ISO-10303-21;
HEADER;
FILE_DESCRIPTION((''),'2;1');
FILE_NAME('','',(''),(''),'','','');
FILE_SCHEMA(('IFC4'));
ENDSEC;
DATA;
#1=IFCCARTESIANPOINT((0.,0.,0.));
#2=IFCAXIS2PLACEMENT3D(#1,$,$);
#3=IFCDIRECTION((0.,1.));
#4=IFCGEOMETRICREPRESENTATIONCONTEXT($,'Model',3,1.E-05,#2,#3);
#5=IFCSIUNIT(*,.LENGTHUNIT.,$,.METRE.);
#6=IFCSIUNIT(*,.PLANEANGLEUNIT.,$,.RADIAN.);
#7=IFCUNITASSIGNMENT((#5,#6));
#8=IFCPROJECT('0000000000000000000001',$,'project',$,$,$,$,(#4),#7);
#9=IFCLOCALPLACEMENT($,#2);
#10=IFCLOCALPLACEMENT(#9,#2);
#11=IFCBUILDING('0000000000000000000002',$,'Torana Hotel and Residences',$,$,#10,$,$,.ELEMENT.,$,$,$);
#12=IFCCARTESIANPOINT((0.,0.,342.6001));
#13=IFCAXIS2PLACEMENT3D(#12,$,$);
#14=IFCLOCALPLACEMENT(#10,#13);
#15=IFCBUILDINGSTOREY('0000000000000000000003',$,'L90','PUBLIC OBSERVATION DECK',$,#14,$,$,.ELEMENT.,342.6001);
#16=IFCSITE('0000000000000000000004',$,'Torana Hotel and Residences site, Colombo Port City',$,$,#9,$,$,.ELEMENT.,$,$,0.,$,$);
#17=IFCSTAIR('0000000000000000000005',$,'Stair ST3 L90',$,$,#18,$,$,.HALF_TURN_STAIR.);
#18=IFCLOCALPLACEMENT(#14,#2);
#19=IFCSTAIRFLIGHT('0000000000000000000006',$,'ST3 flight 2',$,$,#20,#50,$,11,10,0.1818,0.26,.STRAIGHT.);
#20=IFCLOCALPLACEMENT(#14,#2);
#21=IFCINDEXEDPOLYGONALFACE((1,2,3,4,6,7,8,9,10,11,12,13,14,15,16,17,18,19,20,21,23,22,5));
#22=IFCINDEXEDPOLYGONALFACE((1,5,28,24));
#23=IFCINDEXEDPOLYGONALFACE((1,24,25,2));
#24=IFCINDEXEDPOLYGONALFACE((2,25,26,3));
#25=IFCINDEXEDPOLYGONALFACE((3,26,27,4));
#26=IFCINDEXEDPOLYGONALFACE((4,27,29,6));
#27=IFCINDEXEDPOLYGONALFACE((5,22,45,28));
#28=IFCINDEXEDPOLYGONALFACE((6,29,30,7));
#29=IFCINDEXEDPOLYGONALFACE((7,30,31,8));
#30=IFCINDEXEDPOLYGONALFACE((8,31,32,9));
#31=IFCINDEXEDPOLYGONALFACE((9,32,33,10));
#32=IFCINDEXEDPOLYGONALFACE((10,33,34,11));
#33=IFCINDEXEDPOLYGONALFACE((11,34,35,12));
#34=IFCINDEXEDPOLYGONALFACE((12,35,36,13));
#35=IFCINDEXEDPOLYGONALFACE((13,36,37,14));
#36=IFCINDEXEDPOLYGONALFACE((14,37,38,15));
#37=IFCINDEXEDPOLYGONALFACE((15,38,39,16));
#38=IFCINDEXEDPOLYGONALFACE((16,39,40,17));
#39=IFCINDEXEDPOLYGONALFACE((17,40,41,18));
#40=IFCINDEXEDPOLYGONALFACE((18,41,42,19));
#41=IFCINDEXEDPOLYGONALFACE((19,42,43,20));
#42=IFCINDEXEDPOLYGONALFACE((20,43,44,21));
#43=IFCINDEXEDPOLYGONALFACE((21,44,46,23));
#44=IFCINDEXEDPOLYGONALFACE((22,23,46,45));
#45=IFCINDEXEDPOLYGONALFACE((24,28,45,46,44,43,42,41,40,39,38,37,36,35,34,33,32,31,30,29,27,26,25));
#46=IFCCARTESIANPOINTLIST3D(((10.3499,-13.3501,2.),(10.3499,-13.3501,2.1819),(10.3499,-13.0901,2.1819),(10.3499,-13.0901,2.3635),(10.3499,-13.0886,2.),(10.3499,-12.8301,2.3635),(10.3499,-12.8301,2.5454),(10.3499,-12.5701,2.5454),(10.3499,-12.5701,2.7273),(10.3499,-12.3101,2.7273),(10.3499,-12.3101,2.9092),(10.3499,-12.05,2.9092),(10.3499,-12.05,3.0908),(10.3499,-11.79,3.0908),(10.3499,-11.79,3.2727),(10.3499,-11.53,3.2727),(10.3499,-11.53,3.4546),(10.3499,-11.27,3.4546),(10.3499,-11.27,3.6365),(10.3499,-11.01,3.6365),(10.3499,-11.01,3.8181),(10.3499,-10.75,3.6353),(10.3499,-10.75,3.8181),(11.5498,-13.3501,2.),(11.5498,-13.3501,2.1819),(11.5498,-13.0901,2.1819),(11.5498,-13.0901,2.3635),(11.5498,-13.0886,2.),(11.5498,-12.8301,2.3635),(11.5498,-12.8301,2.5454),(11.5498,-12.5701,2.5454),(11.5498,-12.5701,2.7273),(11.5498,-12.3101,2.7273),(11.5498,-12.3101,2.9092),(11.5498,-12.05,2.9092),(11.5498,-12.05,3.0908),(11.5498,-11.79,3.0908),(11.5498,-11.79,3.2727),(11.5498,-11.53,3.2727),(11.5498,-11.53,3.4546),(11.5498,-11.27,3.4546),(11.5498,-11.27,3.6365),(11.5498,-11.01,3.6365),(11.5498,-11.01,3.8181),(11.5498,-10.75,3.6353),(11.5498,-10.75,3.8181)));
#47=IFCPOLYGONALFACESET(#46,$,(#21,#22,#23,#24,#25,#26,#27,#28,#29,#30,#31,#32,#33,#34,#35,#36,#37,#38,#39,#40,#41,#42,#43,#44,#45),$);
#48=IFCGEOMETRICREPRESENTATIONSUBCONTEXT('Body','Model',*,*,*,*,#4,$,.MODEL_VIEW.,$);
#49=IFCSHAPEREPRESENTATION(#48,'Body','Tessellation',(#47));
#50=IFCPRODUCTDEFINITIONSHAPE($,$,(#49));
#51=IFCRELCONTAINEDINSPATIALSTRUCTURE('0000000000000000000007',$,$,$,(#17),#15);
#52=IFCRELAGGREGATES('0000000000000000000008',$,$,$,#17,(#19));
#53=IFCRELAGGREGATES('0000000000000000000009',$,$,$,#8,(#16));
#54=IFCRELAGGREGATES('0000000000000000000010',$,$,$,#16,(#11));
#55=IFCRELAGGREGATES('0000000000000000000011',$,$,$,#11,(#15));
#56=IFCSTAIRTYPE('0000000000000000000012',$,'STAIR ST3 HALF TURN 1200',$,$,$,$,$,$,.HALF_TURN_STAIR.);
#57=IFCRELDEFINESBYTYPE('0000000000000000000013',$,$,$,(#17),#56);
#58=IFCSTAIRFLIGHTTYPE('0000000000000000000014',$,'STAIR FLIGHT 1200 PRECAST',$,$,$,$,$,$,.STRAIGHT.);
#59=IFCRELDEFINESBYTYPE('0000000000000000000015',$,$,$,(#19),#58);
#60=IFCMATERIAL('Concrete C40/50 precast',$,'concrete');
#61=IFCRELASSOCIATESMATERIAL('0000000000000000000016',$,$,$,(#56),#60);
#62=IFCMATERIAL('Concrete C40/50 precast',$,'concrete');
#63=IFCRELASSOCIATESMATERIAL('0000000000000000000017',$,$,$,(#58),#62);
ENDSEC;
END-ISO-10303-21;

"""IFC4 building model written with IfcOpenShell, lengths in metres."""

from ifc_helpers import new_model, si_unit, direction, frame, origin, place, context, subcontext, project, spatial, polyline, outline, extrude, material, type_object, element, aggregate, save


model = new_model("IFC4")

# Units and contexts
model_context = context("Model", 3, precision=1e-05, world=origin(), true_north=direction((0.0, 1.0)))
body_context = subcontext(model_context, "Body", "Model", "MODEL_VIEW")
ifc_project = project(units=[si_unit("LENGTHUNIT", "METRE"), si_unit("PLANEANGLEUNIT", "RADIAN")], contexts=[model_context])

# Site, building, storey
site_placement = place(None, origin())
site = spatial("IfcSite", under=ifc_project, at=site_placement, Name="Torana Hotel and Residences site, Colombo Port City", CompositionType="ELEMENT", RefElevation=0.0)
building_placement = place(site_placement, origin())
building = spatial("IfcBuilding", under=site, at=building_placement, Name="Torana Hotel and Residences", CompositionType="ELEMENT")
storey_placement = place(building_placement, frame((0.0, 0.0, 342.6001)))
storey = spatial("IfcBuildingStorey", under=building, at=storey_placement, Name="L90", Description="PUBLIC OBSERVATION DECK", CompositionType="ELEMENT", Elevation=342.6001)

# Stair, stair flight
ifc_material_1 = material(Name="Concrete C40/50 precast", Category="concrete")
stair_type = type_object("IfcStairType", Name="STAIR ST3 HALF TURN 1200", PredefinedType="HALF_TURN_STAIR", material=ifc_material_1)
stair_placement = place(storey_placement, origin())
stair = element("IfcStair", 1, at=stair_placement, inside=storey, type_object=stair_type, Name="Stair ST3 L90", PredefinedType="HALF_TURN_STAIR")
ifc_material_2 = material(Name="Concrete C40/50 precast", Category="concrete")
stair_flight_type = type_object("IfcStairFlightType", Name="STAIR FLIGHT 1200 PRECAST", PredefinedType="STRAIGHT", material=ifc_material_2)
stair_flight_1_placement = place(storey_placement, frame((10.95, -13.3501, 2.0), z_axis=(0.0, 0.0, 1.0), x_axis=(0.0, 1.0, 0.0)))
stair_flight_1 = element("IfcStairFlight", 2, at=stair_flight_1_placement, type_object=stair_flight_type, Name="ST3 flight 2", NumberOfRisers=11, NumberOfTreads=10, PredefinedType="STRAIGHT", RiserHeight=0.1818, TreadLength=0.26, context=body_context, shape_type="SweptSolid", body=[
    extrude(outline(polyline([(0.0, 0.0), (0.0, 0.1819), (0.26, 0.1819), (0.26, 0.3635), (0.52, 0.3635), (0.52, 0.5454), (0.78, 0.5454), (0.78, 0.7273), (1.04, 0.7273), (1.04, 0.9092), (1.3, 0.9092), (1.3, 1.0908), (1.5601, 1.0908), (1.5601, 1.2727), (1.8201, 1.2727), (1.8201, 1.4546), (2.0801, 1.4546), (2.0801, 1.6365), (2.3401, 1.6365), (2.3401, 1.8181), (2.6001, 1.8181), (2.6001, 2.0), (2.6001, 1.6353), (0.2615, 0.0), (0.0, 0.0)])), frame((0.0, 0.6001, 0.0), z_axis=(0.0, -1.0, 0.0), x_axis=(1.0, 0.0, 0.0)), (0.0, 0.0, 1.0), 1.2),
])
aggregate(stair, [stair_flight_1])

save(model, "model.ifc")
